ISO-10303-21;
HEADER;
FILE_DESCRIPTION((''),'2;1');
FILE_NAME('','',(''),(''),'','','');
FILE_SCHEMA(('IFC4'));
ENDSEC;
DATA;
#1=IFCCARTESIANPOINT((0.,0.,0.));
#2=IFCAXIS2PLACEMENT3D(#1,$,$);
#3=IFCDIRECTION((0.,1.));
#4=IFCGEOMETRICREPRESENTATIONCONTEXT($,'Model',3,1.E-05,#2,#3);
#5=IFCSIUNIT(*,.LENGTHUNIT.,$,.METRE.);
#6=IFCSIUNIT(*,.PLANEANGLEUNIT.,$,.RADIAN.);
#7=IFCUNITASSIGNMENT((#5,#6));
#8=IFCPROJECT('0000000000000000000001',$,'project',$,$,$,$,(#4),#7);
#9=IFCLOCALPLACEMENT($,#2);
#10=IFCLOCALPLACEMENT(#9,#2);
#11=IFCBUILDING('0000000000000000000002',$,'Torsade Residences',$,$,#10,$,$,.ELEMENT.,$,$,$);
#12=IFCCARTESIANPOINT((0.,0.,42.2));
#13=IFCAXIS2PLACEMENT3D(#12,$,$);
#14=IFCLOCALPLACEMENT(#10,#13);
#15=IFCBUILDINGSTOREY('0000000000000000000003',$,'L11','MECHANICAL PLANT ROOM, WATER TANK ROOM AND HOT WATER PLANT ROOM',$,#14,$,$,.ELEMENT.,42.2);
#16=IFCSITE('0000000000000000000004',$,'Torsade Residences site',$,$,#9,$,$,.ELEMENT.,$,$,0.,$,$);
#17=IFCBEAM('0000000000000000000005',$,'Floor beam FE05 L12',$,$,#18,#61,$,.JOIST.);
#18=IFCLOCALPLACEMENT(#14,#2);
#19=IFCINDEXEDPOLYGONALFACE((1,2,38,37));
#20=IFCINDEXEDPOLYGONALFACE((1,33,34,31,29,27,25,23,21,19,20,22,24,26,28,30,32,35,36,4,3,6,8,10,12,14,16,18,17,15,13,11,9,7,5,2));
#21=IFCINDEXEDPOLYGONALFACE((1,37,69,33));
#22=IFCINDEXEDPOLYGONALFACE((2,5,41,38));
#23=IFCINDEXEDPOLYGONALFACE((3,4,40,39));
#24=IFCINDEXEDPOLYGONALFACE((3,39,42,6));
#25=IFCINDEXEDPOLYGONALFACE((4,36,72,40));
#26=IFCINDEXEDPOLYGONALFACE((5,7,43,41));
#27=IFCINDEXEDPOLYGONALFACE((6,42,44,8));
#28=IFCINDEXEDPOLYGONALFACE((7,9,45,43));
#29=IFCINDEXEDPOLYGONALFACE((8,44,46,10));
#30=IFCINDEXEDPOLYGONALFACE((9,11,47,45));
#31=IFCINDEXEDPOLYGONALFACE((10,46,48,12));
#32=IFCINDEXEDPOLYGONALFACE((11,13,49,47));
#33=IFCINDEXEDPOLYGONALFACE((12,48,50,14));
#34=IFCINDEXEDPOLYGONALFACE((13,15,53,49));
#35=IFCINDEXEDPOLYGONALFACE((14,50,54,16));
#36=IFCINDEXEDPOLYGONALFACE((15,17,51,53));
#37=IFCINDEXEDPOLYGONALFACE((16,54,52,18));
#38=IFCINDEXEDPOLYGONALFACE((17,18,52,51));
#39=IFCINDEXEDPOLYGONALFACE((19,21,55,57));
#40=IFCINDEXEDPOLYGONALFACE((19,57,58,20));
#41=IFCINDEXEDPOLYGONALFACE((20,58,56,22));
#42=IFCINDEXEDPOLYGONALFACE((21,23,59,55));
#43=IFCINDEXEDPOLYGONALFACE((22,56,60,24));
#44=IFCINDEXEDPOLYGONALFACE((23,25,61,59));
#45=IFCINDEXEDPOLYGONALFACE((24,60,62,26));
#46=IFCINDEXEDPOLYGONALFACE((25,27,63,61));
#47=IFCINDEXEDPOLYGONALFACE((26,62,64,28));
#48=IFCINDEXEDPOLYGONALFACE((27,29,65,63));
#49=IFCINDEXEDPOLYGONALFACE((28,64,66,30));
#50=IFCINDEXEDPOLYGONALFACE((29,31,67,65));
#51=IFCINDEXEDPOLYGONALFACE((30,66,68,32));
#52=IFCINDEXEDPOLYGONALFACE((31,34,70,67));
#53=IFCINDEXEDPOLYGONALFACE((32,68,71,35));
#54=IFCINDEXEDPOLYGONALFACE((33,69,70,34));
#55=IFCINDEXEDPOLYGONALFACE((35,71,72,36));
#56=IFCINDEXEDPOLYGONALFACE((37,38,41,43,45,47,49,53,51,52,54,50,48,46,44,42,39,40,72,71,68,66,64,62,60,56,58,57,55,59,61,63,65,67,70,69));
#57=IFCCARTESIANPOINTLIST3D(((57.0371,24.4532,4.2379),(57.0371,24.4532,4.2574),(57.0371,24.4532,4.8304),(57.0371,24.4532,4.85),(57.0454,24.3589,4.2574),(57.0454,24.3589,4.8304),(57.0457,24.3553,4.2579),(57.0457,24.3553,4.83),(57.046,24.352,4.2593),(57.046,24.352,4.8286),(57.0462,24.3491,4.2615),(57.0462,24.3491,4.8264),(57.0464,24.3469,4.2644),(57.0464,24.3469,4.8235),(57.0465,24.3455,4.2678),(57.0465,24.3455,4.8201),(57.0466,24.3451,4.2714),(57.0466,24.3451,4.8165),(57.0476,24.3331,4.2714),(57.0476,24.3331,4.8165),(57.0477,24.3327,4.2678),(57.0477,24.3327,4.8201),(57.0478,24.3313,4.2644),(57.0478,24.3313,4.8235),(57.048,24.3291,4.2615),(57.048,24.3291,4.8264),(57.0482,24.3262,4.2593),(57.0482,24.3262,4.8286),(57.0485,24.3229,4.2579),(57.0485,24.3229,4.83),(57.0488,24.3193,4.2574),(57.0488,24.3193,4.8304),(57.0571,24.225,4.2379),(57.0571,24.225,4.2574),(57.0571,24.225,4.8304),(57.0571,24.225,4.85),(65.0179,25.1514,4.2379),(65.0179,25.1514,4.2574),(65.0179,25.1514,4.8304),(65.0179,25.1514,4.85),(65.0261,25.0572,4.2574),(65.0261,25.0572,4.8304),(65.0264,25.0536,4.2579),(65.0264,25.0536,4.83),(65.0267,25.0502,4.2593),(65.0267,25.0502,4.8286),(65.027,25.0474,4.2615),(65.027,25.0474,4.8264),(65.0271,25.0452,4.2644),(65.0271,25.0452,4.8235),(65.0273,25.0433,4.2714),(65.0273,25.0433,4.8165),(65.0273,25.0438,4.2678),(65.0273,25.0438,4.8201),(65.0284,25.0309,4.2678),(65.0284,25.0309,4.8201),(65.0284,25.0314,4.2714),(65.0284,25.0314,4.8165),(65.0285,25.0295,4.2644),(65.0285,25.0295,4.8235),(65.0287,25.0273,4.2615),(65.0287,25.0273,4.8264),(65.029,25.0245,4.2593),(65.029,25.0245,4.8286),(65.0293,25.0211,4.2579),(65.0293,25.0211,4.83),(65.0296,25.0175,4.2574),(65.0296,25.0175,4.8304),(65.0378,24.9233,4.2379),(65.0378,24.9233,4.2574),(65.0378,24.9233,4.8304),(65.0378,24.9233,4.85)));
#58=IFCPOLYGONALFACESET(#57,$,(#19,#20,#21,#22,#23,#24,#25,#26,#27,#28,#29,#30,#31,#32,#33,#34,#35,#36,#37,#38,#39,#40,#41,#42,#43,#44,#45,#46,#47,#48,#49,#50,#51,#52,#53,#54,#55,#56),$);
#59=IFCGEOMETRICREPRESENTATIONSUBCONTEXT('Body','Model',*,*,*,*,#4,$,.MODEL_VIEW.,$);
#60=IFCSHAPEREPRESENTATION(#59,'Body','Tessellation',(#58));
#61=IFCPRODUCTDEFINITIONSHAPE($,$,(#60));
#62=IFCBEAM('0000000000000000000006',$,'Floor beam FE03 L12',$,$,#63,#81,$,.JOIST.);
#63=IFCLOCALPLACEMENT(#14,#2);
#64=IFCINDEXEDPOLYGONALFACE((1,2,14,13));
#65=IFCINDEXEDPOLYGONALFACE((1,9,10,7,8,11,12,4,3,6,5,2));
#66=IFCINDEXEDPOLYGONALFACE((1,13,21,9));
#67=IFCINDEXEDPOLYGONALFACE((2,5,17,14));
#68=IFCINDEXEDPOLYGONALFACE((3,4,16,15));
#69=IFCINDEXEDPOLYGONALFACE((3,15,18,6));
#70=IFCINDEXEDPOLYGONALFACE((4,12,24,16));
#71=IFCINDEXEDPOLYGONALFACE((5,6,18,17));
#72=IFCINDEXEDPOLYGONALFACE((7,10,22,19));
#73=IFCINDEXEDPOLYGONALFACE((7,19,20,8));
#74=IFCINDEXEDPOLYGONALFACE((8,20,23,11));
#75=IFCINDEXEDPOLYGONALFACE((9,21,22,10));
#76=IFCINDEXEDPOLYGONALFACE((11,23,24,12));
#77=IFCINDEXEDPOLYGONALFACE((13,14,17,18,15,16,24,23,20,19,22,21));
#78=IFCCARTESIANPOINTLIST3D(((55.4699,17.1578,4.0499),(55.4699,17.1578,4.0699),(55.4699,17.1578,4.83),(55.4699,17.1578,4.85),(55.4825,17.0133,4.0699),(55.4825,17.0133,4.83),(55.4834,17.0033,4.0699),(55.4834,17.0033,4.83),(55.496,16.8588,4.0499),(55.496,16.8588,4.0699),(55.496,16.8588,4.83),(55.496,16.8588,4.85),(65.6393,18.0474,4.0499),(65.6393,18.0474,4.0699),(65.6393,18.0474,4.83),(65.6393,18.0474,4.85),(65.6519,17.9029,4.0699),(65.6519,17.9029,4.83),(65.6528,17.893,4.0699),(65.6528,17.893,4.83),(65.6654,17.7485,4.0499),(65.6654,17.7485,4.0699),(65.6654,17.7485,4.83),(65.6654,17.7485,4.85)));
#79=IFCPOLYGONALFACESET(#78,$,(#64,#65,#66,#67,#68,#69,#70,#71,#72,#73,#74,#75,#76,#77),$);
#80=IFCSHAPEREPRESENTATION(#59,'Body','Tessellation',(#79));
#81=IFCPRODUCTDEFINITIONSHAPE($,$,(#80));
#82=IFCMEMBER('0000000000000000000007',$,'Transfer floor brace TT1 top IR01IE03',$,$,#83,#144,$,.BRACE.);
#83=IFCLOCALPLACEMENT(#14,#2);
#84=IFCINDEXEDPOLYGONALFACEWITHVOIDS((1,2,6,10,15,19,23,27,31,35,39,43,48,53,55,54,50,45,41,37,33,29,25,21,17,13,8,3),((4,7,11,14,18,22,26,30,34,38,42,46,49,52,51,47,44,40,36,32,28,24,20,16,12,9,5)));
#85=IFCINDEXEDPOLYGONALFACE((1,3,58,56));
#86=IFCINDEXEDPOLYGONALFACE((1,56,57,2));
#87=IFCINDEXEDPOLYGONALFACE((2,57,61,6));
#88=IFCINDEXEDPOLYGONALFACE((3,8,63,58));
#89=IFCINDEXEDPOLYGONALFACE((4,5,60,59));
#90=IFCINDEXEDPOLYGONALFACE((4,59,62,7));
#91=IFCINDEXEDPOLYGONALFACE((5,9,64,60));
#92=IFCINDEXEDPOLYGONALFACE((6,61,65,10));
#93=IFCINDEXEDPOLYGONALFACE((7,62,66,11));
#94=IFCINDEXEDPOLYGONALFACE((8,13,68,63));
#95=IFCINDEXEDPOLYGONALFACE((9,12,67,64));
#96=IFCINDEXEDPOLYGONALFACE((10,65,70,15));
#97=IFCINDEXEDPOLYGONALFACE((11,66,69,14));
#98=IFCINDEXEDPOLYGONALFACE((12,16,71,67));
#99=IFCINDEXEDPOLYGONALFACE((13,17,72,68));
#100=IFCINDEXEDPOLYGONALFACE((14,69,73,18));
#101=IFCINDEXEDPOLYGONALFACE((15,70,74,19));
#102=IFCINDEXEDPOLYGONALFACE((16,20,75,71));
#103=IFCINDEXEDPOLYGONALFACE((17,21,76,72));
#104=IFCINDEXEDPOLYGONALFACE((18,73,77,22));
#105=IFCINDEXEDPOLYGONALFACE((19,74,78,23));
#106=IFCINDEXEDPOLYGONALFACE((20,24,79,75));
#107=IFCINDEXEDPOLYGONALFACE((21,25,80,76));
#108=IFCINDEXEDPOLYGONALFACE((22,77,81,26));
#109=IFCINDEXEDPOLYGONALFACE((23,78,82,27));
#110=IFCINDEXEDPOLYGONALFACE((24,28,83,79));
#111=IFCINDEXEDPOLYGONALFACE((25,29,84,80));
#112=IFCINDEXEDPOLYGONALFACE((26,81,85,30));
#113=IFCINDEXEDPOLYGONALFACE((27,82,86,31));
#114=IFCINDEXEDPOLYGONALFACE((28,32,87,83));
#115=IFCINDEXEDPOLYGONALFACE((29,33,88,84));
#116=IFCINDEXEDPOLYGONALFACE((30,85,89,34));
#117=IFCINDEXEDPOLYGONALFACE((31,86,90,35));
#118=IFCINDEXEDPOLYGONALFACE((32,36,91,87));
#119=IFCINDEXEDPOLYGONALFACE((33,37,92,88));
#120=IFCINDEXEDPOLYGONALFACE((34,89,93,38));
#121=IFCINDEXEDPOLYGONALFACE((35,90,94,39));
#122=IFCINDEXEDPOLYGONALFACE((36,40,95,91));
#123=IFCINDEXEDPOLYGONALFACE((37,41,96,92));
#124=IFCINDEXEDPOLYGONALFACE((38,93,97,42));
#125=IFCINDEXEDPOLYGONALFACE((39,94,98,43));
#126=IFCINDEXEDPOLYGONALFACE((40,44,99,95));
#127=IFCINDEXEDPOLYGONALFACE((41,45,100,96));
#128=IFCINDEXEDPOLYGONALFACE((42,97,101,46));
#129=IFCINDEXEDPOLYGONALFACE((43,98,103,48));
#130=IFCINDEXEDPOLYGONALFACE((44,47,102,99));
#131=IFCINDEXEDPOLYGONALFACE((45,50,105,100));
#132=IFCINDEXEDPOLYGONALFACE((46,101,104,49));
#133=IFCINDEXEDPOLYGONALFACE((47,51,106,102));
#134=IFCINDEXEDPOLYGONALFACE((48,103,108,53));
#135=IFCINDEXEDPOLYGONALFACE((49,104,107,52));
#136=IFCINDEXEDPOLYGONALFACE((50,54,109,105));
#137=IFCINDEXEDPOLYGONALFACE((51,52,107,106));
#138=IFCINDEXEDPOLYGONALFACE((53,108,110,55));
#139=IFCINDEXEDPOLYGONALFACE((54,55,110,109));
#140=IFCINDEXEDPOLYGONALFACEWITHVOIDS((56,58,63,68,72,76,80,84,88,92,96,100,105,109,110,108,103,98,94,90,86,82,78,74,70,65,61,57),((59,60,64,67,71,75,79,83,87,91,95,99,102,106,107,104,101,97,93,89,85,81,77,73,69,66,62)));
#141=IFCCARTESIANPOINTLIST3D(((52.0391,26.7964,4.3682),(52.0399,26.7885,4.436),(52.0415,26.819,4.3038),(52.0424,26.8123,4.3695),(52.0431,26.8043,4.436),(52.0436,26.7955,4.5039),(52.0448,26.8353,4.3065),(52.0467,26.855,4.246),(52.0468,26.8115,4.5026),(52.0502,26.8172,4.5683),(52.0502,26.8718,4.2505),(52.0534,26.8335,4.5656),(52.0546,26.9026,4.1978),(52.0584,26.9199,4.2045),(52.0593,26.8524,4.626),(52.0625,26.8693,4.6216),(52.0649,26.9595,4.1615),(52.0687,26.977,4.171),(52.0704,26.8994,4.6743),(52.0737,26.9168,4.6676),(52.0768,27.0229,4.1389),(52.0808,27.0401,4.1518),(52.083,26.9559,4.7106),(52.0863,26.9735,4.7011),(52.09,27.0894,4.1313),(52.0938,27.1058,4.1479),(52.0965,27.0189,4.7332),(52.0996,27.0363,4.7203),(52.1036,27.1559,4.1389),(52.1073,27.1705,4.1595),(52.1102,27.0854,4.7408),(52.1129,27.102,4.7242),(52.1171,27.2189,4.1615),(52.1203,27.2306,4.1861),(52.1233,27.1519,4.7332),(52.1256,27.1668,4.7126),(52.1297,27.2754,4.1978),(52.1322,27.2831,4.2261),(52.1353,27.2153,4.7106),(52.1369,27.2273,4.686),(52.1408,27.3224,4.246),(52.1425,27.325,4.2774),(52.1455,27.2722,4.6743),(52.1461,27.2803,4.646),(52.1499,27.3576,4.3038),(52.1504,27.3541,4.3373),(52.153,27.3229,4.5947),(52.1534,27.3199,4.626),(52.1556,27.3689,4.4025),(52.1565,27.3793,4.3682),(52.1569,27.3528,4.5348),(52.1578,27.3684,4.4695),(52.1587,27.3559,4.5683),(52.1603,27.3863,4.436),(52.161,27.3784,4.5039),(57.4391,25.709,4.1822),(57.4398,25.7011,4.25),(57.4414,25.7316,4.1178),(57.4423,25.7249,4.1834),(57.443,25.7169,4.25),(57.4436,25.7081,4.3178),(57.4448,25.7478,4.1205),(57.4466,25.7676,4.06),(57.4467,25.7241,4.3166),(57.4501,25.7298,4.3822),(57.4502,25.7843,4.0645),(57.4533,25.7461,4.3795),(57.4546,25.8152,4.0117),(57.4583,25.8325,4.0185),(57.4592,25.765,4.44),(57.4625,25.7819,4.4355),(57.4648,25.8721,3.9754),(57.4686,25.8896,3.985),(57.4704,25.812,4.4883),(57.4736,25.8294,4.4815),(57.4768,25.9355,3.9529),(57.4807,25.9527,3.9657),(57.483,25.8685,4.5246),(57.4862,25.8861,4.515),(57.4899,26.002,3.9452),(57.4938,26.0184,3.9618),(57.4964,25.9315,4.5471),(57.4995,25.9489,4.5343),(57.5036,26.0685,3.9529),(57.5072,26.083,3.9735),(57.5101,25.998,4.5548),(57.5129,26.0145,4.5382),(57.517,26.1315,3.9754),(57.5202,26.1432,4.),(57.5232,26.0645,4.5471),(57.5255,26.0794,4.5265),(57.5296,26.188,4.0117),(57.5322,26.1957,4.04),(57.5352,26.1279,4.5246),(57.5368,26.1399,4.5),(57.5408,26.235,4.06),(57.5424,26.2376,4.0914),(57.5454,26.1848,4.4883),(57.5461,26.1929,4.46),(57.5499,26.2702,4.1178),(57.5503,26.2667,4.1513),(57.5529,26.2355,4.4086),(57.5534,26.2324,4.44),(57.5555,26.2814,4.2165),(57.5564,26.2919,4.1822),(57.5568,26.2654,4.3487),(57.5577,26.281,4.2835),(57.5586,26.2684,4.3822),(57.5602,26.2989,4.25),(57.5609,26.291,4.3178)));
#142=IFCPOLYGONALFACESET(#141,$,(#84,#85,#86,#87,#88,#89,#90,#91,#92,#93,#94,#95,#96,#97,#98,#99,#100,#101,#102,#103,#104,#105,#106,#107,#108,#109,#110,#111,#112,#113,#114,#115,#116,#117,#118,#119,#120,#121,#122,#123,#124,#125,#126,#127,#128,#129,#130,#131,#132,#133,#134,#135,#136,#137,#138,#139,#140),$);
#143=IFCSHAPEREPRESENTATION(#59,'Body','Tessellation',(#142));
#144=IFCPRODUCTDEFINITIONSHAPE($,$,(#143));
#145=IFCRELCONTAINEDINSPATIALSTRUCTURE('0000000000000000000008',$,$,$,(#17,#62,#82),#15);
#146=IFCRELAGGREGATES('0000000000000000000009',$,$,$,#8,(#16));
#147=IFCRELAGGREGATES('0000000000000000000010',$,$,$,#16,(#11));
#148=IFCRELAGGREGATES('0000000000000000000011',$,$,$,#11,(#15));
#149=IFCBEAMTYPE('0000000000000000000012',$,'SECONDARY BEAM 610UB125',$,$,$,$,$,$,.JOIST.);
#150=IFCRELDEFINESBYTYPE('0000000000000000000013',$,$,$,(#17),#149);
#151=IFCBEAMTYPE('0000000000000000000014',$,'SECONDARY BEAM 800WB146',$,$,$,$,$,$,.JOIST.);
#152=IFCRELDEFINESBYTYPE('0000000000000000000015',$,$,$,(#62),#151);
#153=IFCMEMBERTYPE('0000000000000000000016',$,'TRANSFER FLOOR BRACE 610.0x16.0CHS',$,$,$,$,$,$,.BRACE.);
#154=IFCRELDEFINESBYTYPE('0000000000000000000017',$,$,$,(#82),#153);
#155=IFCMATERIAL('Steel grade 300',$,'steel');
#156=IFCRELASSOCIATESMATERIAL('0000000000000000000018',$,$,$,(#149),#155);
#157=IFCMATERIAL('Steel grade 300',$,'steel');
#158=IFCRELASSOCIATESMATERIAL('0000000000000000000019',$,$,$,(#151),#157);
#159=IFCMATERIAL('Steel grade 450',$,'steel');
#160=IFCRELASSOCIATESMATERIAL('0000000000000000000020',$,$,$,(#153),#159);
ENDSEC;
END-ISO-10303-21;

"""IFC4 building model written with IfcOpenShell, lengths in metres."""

from ifc_helpers import new_model, si_unit, direction, frame, origin, origin_2d, place, context, subcontext, project, spatial, hollow_circle, i_section, extrude, material, material_profile, profile_set, type_object, element, save


model = new_model("IFC4")

# Units and contexts
model_context = context("Model", 3, precision=1e-05, world=origin(), true_north=direction((0.0, 1.0)))
body_context = subcontext(model_context, "Body", "Model", "MODEL_VIEW")
ifc_project = project(units=[si_unit("LENGTHUNIT", "METRE"), si_unit("PLANEANGLEUNIT", "RADIAN")], contexts=[model_context])

# Site, building, storey
site_placement = place(None, origin())
site = spatial("IfcSite", under=ifc_project, at=site_placement, Name="Torsade Residences site", CompositionType="ELEMENT", RefElevation=0.0)
building_placement = place(site_placement, origin())
building = spatial("IfcBuilding", under=site, at=building_placement, Name="Torsade Residences", CompositionType="ELEMENT")
storey_placement = place(building_placement, frame((0.0, 0.0, 42.2)))
storey = spatial("IfcBuildingStorey", under=building, at=storey_placement, Name="L11", Description="MECHANICAL PLANT ROOM, WATER TANK ROOM AND HOT WATER PLANT ROOM", CompositionType="ELEMENT", Elevation=42.2)

# Beams
ifc_material_1 = material(Name="Steel grade 300", Category="steel")
ifc_material_profile_1 = material_profile(ifc_material_1, i_section(OverallWidth=0.229, OverallDepth=0.6121, WebThickness=0.012, FlangeThickness=0.0195, FilletRadius=0.0139, at=origin_2d()), Name="610UB125")
ifc_profile_set_1 = profile_set([ifc_material_profile_1], Name="Steel grade 300")
beam_type_1 = type_object("IfcBeamType", Name="SECONDARY BEAM 610UB125", PredefinedType="JOIST", material=ifc_profile_set_1)
beam_1_placement = place(storey_placement, frame((65.0278, 25.0374, 4.5439), z_axis=(-0.996194, -0.087158, 0.0), x_axis=(0.087158, -0.996194, 0.0)))
element("IfcBeam", 1, at=beam_1_placement, inside=storey, type_object=beam_type_1, Name="Floor beam FE05 L12", PredefinedType="JOIST", context=body_context, shape_type="SweptSolid", body=[
    extrude(i_section(OverallWidth=0.229, OverallDepth=0.6121, WebThickness=0.012, FlangeThickness=0.0195, FilletRadius=0.0139, at=origin_2d()), origin(), (0.0, 0.0, 1.0), 8.0112),
])
ifc_material_2 = material(Name="Steel grade 300", Category="steel")
ifc_material_profile_2 = material_profile(ifc_material_2, i_section(OverallWidth=0.3, OverallDepth=0.8, WebThickness=0.01, FlangeThickness=0.02, at=origin_2d()), Name="800WB146")
ifc_profile_set_2 = profile_set([ifc_material_profile_2], Name="Steel grade 300")
beam_type_2 = type_object("IfcBeamType", Name="SECONDARY BEAM 800WB146", PredefinedType="JOIST", material=ifc_profile_set_2)
beam_2_placement = place(storey_placement, frame((65.6523, 17.8979, 4.45), z_axis=(-0.996195, -0.08715, 0.0), x_axis=(0.08715, -0.996195, 0.0)))
element("IfcBeam", 2, at=beam_2_placement, inside=storey, type_object=beam_type_2, Name="Floor beam FE03 L12", PredefinedType="JOIST", context=body_context, shape_type="SweptSolid", body=[
    extrude(i_section(OverallWidth=0.3, OverallDepth=0.8, WebThickness=0.01, FlangeThickness=0.02, at=origin_2d()), origin(), (0.0, 0.0, 1.0), 10.2083),
])

# Member
ifc_material_3 = material(Name="Steel grade 450", Category="steel")
ifc_material_profile_3 = material_profile(ifc_material_3, hollow_circle(Radius=0.3049, WallThickness=0.0161, at=origin_2d()), Name="610.0x16.0CHS")
ifc_profile_set_3 = profile_set([ifc_material_profile_3], Name="Steel grade 450")
member_type_1 = type_object("IfcMemberType", Name="TRANSFER FLOOR BRACE 610.0x16.0CHS", PredefinedType="BRACE", material=ifc_profile_set_3)
member_1_placement = place(storey_placement, frame((57.5, 26.0, 4.25), z_axis=(-0.979762, 0.197299, 0.033754), x_axis=(-0.197412, -0.980321, 0.0)))
element("IfcMember", 3, at=member_1_placement, inside=storey, type_object=member_type_1, Name="Transfer floor brace TT1 top IR01IE03", PredefinedType="BRACE", context=body_context, shape_type="SweptSolid", body=[
    extrude(hollow_circle(Radius=0.3049, WallThickness=0.0161, at=origin_2d()), origin(), (0.0, 0.0, 1.0), 5.5115),
])

save(model, "model.ifc")
